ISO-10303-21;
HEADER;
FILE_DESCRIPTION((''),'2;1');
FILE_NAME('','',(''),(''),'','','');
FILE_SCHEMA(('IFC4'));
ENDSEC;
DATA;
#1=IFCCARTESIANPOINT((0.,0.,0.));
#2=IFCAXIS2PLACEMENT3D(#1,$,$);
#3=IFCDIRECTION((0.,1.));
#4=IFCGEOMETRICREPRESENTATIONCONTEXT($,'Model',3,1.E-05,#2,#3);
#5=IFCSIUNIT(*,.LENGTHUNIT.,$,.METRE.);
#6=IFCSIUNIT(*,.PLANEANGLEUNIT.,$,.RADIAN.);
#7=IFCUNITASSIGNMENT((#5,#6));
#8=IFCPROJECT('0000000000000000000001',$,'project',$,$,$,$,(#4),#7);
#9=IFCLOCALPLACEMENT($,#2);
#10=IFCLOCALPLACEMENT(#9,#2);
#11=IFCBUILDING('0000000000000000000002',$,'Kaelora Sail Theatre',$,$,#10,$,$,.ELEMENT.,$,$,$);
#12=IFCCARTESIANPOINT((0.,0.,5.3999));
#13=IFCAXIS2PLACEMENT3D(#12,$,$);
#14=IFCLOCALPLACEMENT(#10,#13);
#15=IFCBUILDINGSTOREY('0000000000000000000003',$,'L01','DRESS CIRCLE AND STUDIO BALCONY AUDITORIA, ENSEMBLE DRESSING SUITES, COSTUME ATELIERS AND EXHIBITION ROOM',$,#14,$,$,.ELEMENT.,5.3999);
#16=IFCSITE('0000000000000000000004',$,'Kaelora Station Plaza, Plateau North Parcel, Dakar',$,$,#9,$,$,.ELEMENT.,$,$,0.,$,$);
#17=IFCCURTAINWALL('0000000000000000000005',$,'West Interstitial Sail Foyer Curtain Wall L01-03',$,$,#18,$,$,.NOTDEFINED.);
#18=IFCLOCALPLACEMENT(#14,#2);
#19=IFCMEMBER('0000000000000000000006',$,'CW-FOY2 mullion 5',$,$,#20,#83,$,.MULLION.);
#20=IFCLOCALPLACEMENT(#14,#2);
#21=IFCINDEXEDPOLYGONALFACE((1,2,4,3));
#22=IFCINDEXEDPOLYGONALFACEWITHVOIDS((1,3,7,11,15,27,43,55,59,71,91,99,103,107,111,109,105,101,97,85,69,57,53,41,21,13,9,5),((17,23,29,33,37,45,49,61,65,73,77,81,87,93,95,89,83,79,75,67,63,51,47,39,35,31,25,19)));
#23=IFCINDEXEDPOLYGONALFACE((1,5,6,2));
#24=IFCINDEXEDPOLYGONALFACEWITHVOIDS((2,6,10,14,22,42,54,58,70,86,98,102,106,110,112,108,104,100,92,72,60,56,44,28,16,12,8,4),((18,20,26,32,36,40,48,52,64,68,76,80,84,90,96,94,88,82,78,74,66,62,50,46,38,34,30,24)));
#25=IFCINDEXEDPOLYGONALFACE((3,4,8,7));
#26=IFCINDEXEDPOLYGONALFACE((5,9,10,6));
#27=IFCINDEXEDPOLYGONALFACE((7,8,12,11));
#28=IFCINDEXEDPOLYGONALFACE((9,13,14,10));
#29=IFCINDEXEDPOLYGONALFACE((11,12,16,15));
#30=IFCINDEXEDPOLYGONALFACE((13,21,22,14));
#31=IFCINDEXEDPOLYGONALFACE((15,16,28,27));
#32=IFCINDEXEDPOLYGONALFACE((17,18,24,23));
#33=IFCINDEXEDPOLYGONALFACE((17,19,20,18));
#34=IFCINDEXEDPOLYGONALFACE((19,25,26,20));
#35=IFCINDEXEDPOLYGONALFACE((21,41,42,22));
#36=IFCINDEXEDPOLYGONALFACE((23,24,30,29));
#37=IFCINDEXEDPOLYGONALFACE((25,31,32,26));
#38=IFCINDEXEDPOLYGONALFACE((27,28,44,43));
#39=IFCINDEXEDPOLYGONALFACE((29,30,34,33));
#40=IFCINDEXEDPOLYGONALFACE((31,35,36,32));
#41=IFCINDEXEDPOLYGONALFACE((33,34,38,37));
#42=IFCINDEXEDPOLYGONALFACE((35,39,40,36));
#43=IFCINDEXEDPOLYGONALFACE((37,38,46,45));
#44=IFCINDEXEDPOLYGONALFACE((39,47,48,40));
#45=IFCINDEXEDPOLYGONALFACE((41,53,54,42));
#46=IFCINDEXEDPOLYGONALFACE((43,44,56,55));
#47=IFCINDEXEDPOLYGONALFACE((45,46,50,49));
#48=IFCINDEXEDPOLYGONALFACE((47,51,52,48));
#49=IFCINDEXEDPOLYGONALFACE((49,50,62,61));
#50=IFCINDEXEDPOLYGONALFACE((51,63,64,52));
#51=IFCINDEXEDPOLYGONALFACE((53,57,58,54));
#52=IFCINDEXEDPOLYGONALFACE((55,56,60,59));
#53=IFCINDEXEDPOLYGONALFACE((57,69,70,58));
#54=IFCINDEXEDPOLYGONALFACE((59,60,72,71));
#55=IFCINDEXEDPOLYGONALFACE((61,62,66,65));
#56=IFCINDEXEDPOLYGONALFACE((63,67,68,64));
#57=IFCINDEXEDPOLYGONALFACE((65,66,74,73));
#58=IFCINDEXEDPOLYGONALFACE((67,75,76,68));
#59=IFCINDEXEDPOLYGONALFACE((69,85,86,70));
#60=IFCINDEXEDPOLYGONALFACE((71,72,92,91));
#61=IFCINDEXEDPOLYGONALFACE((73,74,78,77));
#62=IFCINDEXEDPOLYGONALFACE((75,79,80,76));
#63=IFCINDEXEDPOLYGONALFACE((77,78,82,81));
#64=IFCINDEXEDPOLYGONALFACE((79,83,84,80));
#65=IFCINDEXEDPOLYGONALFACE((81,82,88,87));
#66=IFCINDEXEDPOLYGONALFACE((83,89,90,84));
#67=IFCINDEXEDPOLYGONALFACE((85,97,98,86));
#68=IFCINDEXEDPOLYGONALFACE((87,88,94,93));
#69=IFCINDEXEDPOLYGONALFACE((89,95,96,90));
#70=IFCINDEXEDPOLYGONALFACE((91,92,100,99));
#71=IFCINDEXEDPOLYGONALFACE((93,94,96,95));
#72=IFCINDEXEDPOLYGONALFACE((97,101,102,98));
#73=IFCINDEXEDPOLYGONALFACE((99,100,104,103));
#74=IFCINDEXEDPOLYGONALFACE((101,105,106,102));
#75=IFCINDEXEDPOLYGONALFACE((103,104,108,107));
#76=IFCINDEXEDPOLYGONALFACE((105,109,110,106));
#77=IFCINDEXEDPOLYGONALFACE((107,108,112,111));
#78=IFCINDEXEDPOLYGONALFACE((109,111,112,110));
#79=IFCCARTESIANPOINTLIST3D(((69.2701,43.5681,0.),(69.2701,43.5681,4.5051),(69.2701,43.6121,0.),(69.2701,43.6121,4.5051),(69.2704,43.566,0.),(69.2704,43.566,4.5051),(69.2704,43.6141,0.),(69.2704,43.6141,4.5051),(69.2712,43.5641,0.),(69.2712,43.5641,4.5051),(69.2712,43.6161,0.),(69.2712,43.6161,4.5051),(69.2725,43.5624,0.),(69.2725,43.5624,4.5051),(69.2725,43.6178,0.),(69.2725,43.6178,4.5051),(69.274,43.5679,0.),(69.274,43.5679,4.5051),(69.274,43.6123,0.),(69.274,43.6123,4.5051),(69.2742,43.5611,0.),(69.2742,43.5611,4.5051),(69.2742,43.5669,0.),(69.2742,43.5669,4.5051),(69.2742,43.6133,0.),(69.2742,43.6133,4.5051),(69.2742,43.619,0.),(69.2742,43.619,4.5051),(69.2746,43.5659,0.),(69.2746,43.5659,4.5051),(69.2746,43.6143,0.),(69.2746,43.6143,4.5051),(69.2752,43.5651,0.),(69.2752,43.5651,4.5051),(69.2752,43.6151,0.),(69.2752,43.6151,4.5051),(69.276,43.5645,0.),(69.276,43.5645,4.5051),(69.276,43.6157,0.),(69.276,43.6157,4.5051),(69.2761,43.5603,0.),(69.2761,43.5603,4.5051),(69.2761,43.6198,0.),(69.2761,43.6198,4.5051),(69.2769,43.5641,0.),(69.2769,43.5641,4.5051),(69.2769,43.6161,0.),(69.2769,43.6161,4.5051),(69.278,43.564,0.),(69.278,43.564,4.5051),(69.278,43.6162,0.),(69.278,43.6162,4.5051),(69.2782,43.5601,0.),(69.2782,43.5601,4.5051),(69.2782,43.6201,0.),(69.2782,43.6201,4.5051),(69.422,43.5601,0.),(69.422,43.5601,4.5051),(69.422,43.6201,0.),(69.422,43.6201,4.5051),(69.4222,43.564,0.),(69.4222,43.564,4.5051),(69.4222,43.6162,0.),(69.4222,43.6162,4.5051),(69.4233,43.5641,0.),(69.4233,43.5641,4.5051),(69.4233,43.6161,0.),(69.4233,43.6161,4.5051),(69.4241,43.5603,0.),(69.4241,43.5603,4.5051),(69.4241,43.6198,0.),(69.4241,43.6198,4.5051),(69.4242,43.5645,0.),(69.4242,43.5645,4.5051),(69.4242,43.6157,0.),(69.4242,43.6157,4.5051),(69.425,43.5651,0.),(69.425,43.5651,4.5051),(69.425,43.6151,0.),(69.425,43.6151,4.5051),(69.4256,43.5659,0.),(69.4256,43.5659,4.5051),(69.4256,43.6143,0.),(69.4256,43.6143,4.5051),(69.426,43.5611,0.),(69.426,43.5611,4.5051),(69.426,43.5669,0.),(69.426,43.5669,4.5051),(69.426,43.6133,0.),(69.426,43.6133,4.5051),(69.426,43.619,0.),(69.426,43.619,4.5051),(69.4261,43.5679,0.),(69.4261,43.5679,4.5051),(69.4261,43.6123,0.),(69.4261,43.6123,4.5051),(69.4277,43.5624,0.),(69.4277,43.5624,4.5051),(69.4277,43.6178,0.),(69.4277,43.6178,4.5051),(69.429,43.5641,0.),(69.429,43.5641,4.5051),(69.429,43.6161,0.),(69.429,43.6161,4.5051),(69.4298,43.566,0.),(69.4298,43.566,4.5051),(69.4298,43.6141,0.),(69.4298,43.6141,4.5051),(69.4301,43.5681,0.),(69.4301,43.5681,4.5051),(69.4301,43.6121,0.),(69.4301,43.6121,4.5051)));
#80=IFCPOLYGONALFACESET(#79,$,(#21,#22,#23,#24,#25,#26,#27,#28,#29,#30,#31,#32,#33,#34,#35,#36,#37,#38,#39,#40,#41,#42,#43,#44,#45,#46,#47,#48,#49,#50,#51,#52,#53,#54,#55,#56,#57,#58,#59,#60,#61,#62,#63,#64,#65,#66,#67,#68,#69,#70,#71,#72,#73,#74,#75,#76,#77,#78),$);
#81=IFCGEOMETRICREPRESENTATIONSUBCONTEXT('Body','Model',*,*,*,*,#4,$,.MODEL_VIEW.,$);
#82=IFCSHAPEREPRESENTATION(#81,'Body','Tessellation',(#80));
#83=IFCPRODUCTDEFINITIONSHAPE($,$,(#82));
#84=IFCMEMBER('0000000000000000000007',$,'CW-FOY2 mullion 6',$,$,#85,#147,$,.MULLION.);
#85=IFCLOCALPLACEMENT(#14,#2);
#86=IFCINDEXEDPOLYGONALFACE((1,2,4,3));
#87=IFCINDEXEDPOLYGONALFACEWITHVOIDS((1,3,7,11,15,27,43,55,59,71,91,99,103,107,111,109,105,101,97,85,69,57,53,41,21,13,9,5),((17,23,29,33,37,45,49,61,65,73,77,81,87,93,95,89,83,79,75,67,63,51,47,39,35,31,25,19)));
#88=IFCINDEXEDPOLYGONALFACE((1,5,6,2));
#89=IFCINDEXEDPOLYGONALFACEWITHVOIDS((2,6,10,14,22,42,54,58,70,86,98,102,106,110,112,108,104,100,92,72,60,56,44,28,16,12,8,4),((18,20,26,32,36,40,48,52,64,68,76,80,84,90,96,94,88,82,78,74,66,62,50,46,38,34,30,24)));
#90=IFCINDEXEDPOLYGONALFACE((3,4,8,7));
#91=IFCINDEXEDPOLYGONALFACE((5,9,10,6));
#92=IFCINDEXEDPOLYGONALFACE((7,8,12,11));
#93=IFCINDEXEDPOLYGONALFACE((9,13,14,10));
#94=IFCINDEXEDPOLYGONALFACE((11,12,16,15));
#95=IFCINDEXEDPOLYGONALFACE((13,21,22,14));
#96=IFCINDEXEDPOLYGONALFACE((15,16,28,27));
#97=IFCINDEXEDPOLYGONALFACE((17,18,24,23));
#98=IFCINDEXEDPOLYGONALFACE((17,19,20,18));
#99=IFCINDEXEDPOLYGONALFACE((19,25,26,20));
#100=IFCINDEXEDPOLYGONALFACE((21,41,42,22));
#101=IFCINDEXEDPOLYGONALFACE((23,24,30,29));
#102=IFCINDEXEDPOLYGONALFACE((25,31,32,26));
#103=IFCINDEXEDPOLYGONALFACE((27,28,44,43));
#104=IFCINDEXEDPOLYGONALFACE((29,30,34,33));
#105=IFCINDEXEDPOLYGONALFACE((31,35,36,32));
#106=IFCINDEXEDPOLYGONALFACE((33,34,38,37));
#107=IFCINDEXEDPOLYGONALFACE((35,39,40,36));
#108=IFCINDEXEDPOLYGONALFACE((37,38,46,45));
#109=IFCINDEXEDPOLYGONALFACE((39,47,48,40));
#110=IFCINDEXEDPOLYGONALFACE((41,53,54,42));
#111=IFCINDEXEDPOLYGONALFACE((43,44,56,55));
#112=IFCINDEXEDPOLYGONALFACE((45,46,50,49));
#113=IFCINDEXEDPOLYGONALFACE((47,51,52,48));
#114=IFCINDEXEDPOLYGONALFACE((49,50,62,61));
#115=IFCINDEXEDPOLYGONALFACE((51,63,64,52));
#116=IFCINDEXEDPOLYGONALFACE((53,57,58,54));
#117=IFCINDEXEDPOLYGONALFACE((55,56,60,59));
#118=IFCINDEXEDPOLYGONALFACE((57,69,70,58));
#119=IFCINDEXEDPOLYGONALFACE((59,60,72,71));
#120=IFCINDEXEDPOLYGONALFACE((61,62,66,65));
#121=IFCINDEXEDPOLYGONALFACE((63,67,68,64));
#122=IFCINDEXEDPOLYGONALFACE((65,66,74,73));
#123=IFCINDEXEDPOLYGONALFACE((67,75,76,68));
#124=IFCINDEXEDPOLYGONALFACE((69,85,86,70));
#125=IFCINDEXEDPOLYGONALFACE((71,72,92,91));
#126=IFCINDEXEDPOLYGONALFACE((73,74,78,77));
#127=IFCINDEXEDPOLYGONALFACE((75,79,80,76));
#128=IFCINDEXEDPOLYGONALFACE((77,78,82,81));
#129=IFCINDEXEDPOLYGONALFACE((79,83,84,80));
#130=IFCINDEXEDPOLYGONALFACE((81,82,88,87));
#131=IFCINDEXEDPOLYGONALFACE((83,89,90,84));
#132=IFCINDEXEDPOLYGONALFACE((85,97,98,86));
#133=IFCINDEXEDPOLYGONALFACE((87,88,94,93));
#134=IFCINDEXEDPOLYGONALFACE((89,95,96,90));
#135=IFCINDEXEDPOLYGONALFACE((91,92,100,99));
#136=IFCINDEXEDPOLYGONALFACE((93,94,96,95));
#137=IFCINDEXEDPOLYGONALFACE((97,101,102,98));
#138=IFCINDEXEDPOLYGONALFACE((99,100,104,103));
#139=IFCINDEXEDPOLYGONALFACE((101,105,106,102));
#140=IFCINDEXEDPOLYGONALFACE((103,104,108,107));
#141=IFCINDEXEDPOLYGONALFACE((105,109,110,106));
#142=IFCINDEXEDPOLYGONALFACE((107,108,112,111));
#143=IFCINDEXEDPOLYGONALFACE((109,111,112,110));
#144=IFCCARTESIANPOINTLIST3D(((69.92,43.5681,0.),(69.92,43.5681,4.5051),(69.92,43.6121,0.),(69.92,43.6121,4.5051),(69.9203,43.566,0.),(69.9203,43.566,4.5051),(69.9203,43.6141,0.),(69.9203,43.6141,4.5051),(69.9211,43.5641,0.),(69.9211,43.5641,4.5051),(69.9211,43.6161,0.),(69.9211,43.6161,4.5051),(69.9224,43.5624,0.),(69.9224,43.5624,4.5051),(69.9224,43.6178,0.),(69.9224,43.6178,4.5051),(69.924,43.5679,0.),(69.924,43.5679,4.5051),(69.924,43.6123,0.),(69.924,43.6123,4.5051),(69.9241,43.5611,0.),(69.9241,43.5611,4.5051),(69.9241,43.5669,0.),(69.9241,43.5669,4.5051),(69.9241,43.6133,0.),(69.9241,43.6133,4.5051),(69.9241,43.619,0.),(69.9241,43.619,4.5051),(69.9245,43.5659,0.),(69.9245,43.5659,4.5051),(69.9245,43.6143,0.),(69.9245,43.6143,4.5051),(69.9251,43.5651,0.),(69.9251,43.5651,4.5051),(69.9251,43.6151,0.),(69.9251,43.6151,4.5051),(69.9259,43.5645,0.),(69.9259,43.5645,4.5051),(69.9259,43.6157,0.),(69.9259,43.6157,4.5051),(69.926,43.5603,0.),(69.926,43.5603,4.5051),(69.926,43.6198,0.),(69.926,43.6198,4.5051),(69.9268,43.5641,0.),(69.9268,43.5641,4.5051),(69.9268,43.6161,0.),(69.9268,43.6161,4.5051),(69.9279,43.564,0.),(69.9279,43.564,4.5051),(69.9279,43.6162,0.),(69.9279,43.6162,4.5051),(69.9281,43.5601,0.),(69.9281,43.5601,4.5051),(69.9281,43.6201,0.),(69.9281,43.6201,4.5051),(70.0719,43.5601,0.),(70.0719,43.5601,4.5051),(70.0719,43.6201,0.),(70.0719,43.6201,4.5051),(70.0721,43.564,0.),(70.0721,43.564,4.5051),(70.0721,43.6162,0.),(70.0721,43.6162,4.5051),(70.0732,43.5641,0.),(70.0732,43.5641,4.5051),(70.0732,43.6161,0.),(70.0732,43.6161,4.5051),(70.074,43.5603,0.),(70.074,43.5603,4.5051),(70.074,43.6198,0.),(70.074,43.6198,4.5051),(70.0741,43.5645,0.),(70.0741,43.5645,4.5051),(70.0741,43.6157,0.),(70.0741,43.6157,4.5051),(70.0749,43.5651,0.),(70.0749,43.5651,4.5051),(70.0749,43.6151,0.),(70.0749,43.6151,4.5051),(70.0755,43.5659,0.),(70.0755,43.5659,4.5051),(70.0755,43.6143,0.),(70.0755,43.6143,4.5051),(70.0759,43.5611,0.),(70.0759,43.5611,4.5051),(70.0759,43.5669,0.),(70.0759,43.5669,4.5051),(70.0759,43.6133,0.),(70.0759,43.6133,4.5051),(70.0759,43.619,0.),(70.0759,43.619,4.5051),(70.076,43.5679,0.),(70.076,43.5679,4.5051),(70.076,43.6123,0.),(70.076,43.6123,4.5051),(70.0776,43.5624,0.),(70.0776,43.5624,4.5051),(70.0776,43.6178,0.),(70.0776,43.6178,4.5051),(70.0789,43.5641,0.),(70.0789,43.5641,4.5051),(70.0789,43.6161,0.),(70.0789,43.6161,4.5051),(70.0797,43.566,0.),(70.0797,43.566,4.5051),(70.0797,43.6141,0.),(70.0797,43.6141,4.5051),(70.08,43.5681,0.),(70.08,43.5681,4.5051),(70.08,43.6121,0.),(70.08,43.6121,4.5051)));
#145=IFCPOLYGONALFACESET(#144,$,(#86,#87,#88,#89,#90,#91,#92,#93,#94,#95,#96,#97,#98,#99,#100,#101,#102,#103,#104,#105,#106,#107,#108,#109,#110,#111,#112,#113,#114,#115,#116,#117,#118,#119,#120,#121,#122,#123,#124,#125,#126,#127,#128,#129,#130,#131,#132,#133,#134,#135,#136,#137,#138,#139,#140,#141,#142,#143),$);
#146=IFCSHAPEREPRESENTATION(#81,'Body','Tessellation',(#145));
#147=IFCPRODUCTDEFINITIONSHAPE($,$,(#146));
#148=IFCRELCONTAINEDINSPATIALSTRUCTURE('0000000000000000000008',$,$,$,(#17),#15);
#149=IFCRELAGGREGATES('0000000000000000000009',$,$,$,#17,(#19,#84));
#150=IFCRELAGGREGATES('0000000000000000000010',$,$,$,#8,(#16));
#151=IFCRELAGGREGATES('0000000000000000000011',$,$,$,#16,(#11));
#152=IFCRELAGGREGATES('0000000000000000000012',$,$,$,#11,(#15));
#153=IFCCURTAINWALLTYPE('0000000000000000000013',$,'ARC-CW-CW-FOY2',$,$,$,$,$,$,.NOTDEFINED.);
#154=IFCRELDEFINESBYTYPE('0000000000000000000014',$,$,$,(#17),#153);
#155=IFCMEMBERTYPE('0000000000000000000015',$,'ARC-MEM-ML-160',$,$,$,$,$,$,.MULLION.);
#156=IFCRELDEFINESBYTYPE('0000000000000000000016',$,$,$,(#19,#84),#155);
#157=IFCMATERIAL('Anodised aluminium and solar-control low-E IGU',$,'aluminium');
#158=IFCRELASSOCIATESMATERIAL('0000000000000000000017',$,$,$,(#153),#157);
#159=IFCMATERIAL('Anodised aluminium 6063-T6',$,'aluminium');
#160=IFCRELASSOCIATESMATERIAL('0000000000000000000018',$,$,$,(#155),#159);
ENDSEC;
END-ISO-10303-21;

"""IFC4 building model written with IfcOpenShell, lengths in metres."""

from ifc_helpers import new_model, si_unit, direction, frame, origin, origin_2d, place, context, subcontext, project, spatial, hollow_rectangle, extrude, material, material_profile, profile_set, type_object, element, aggregate, save


model = new_model("IFC4")

# Units and contexts
model_context = context("Model", 3, precision=1e-05, world=origin(), true_north=direction((0.0, 1.0)))
body_context = subcontext(model_context, "Body", "Model", "MODEL_VIEW")
ifc_project = project(units=[si_unit("LENGTHUNIT", "METRE"), si_unit("PLANEANGLEUNIT", "RADIAN")], contexts=[model_context])

# Site, building, storey
site_placement = place(None, origin())
site = spatial("IfcSite", under=ifc_project, at=site_placement, Name="Kaelora Station Plaza, Plateau North Parcel, Dakar", CompositionType="ELEMENT", RefElevation=0.0)
building_placement = place(site_placement, origin())
building = spatial("IfcBuilding", under=site, at=building_placement, Name="Kaelora Sail Theatre", CompositionType="ELEMENT")
storey_placement = place(building_placement, frame((0.0, 0.0, 5.3999)))
storey = spatial("IfcBuildingStorey", under=building, at=storey_placement, Name="L01", Description="DRESS CIRCLE AND STUDIO BALCONY AUDITORIA, ENSEMBLE DRESSING SUITES, COSTUME ATELIERS AND EXHIBITION ROOM", CompositionType="ELEMENT", Elevation=5.3999)

# Curtain wall, members
ifc_material_1 = material(Name="Anodised aluminium and solar-control low-E IGU", Category="aluminium")
curtain_wall_type = type_object("IfcCurtainWallType", Name="ARC-CW-CW-FOY2", PredefinedType="NOTDEFINED", material=ifc_material_1)
curtain_wall_1_placement = place(storey_placement, origin())
curtain_wall_1 = element("IfcCurtainWall", 1, at=curtain_wall_1_placement, inside=storey, type_object=curtain_wall_type, Name="West Interstitial Sail Foyer Curtain Wall L01-03", PredefinedType="NOTDEFINED")
ifc_material_2 = material(Name="Anodised aluminium 6063-T6", Category="aluminium")
ifc_material_profile_1 = material_profile(ifc_material_2, hollow_rectangle(XDim=0.0601, YDim=0.1599, WallThickness=0.0039, InnerFilletRadius=0.0039, OuterFilletRadius=0.0081, at=origin_2d()), Name="ALU-MULL 60x160x4")
ifc_profile_set_1 = profile_set([ifc_material_profile_1], Name="Anodised aluminium 6063-T6")
member_type_1 = type_object("IfcMemberType", Name="ARC-MEM-ML-160", PredefinedType="MULLION", material=ifc_profile_set_1)
member_1_placement = place(storey_placement, frame((69.3501, 43.5901, 0.0), z_axis=(0.0, 0.0, 1.0), x_axis=(0.0, 1.0, 0.0)))
member_1 = element("IfcMember", 2, at=member_1_placement, type_object=member_type_1, Name="CW-FOY2 mullion 5", PredefinedType="MULLION", context=body_context, shape_type="SweptSolid", body=[
    extrude(hollow_rectangle(XDim=0.0601, YDim=0.1599, WallThickness=0.0039, InnerFilletRadius=0.0039, OuterFilletRadius=0.0081, at=origin_2d()), origin(), (0.0, 0.0, 1.0), 4.5051),
])
member_2_placement = place(storey_placement, frame((70.0, 43.5901, 0.0), z_axis=(0.0, 0.0, 1.0), x_axis=(0.0, 1.0, 0.0)))
member_2 = element("IfcMember", 3, at=member_2_placement, type_object=member_type_1, Name="CW-FOY2 mullion 6", PredefinedType="MULLION", context=body_context, shape_type="SweptSolid", body=[
    extrude(hollow_rectangle(XDim=0.0601, YDim=0.1599, WallThickness=0.0039, InnerFilletRadius=0.0039, OuterFilletRadius=0.0081, at=origin_2d()), origin(), (0.0, 0.0, 1.0), 4.5051),
])

aggregate(curtain_wall_1, [member_1, member_2])

save(model, "model.ifc")
